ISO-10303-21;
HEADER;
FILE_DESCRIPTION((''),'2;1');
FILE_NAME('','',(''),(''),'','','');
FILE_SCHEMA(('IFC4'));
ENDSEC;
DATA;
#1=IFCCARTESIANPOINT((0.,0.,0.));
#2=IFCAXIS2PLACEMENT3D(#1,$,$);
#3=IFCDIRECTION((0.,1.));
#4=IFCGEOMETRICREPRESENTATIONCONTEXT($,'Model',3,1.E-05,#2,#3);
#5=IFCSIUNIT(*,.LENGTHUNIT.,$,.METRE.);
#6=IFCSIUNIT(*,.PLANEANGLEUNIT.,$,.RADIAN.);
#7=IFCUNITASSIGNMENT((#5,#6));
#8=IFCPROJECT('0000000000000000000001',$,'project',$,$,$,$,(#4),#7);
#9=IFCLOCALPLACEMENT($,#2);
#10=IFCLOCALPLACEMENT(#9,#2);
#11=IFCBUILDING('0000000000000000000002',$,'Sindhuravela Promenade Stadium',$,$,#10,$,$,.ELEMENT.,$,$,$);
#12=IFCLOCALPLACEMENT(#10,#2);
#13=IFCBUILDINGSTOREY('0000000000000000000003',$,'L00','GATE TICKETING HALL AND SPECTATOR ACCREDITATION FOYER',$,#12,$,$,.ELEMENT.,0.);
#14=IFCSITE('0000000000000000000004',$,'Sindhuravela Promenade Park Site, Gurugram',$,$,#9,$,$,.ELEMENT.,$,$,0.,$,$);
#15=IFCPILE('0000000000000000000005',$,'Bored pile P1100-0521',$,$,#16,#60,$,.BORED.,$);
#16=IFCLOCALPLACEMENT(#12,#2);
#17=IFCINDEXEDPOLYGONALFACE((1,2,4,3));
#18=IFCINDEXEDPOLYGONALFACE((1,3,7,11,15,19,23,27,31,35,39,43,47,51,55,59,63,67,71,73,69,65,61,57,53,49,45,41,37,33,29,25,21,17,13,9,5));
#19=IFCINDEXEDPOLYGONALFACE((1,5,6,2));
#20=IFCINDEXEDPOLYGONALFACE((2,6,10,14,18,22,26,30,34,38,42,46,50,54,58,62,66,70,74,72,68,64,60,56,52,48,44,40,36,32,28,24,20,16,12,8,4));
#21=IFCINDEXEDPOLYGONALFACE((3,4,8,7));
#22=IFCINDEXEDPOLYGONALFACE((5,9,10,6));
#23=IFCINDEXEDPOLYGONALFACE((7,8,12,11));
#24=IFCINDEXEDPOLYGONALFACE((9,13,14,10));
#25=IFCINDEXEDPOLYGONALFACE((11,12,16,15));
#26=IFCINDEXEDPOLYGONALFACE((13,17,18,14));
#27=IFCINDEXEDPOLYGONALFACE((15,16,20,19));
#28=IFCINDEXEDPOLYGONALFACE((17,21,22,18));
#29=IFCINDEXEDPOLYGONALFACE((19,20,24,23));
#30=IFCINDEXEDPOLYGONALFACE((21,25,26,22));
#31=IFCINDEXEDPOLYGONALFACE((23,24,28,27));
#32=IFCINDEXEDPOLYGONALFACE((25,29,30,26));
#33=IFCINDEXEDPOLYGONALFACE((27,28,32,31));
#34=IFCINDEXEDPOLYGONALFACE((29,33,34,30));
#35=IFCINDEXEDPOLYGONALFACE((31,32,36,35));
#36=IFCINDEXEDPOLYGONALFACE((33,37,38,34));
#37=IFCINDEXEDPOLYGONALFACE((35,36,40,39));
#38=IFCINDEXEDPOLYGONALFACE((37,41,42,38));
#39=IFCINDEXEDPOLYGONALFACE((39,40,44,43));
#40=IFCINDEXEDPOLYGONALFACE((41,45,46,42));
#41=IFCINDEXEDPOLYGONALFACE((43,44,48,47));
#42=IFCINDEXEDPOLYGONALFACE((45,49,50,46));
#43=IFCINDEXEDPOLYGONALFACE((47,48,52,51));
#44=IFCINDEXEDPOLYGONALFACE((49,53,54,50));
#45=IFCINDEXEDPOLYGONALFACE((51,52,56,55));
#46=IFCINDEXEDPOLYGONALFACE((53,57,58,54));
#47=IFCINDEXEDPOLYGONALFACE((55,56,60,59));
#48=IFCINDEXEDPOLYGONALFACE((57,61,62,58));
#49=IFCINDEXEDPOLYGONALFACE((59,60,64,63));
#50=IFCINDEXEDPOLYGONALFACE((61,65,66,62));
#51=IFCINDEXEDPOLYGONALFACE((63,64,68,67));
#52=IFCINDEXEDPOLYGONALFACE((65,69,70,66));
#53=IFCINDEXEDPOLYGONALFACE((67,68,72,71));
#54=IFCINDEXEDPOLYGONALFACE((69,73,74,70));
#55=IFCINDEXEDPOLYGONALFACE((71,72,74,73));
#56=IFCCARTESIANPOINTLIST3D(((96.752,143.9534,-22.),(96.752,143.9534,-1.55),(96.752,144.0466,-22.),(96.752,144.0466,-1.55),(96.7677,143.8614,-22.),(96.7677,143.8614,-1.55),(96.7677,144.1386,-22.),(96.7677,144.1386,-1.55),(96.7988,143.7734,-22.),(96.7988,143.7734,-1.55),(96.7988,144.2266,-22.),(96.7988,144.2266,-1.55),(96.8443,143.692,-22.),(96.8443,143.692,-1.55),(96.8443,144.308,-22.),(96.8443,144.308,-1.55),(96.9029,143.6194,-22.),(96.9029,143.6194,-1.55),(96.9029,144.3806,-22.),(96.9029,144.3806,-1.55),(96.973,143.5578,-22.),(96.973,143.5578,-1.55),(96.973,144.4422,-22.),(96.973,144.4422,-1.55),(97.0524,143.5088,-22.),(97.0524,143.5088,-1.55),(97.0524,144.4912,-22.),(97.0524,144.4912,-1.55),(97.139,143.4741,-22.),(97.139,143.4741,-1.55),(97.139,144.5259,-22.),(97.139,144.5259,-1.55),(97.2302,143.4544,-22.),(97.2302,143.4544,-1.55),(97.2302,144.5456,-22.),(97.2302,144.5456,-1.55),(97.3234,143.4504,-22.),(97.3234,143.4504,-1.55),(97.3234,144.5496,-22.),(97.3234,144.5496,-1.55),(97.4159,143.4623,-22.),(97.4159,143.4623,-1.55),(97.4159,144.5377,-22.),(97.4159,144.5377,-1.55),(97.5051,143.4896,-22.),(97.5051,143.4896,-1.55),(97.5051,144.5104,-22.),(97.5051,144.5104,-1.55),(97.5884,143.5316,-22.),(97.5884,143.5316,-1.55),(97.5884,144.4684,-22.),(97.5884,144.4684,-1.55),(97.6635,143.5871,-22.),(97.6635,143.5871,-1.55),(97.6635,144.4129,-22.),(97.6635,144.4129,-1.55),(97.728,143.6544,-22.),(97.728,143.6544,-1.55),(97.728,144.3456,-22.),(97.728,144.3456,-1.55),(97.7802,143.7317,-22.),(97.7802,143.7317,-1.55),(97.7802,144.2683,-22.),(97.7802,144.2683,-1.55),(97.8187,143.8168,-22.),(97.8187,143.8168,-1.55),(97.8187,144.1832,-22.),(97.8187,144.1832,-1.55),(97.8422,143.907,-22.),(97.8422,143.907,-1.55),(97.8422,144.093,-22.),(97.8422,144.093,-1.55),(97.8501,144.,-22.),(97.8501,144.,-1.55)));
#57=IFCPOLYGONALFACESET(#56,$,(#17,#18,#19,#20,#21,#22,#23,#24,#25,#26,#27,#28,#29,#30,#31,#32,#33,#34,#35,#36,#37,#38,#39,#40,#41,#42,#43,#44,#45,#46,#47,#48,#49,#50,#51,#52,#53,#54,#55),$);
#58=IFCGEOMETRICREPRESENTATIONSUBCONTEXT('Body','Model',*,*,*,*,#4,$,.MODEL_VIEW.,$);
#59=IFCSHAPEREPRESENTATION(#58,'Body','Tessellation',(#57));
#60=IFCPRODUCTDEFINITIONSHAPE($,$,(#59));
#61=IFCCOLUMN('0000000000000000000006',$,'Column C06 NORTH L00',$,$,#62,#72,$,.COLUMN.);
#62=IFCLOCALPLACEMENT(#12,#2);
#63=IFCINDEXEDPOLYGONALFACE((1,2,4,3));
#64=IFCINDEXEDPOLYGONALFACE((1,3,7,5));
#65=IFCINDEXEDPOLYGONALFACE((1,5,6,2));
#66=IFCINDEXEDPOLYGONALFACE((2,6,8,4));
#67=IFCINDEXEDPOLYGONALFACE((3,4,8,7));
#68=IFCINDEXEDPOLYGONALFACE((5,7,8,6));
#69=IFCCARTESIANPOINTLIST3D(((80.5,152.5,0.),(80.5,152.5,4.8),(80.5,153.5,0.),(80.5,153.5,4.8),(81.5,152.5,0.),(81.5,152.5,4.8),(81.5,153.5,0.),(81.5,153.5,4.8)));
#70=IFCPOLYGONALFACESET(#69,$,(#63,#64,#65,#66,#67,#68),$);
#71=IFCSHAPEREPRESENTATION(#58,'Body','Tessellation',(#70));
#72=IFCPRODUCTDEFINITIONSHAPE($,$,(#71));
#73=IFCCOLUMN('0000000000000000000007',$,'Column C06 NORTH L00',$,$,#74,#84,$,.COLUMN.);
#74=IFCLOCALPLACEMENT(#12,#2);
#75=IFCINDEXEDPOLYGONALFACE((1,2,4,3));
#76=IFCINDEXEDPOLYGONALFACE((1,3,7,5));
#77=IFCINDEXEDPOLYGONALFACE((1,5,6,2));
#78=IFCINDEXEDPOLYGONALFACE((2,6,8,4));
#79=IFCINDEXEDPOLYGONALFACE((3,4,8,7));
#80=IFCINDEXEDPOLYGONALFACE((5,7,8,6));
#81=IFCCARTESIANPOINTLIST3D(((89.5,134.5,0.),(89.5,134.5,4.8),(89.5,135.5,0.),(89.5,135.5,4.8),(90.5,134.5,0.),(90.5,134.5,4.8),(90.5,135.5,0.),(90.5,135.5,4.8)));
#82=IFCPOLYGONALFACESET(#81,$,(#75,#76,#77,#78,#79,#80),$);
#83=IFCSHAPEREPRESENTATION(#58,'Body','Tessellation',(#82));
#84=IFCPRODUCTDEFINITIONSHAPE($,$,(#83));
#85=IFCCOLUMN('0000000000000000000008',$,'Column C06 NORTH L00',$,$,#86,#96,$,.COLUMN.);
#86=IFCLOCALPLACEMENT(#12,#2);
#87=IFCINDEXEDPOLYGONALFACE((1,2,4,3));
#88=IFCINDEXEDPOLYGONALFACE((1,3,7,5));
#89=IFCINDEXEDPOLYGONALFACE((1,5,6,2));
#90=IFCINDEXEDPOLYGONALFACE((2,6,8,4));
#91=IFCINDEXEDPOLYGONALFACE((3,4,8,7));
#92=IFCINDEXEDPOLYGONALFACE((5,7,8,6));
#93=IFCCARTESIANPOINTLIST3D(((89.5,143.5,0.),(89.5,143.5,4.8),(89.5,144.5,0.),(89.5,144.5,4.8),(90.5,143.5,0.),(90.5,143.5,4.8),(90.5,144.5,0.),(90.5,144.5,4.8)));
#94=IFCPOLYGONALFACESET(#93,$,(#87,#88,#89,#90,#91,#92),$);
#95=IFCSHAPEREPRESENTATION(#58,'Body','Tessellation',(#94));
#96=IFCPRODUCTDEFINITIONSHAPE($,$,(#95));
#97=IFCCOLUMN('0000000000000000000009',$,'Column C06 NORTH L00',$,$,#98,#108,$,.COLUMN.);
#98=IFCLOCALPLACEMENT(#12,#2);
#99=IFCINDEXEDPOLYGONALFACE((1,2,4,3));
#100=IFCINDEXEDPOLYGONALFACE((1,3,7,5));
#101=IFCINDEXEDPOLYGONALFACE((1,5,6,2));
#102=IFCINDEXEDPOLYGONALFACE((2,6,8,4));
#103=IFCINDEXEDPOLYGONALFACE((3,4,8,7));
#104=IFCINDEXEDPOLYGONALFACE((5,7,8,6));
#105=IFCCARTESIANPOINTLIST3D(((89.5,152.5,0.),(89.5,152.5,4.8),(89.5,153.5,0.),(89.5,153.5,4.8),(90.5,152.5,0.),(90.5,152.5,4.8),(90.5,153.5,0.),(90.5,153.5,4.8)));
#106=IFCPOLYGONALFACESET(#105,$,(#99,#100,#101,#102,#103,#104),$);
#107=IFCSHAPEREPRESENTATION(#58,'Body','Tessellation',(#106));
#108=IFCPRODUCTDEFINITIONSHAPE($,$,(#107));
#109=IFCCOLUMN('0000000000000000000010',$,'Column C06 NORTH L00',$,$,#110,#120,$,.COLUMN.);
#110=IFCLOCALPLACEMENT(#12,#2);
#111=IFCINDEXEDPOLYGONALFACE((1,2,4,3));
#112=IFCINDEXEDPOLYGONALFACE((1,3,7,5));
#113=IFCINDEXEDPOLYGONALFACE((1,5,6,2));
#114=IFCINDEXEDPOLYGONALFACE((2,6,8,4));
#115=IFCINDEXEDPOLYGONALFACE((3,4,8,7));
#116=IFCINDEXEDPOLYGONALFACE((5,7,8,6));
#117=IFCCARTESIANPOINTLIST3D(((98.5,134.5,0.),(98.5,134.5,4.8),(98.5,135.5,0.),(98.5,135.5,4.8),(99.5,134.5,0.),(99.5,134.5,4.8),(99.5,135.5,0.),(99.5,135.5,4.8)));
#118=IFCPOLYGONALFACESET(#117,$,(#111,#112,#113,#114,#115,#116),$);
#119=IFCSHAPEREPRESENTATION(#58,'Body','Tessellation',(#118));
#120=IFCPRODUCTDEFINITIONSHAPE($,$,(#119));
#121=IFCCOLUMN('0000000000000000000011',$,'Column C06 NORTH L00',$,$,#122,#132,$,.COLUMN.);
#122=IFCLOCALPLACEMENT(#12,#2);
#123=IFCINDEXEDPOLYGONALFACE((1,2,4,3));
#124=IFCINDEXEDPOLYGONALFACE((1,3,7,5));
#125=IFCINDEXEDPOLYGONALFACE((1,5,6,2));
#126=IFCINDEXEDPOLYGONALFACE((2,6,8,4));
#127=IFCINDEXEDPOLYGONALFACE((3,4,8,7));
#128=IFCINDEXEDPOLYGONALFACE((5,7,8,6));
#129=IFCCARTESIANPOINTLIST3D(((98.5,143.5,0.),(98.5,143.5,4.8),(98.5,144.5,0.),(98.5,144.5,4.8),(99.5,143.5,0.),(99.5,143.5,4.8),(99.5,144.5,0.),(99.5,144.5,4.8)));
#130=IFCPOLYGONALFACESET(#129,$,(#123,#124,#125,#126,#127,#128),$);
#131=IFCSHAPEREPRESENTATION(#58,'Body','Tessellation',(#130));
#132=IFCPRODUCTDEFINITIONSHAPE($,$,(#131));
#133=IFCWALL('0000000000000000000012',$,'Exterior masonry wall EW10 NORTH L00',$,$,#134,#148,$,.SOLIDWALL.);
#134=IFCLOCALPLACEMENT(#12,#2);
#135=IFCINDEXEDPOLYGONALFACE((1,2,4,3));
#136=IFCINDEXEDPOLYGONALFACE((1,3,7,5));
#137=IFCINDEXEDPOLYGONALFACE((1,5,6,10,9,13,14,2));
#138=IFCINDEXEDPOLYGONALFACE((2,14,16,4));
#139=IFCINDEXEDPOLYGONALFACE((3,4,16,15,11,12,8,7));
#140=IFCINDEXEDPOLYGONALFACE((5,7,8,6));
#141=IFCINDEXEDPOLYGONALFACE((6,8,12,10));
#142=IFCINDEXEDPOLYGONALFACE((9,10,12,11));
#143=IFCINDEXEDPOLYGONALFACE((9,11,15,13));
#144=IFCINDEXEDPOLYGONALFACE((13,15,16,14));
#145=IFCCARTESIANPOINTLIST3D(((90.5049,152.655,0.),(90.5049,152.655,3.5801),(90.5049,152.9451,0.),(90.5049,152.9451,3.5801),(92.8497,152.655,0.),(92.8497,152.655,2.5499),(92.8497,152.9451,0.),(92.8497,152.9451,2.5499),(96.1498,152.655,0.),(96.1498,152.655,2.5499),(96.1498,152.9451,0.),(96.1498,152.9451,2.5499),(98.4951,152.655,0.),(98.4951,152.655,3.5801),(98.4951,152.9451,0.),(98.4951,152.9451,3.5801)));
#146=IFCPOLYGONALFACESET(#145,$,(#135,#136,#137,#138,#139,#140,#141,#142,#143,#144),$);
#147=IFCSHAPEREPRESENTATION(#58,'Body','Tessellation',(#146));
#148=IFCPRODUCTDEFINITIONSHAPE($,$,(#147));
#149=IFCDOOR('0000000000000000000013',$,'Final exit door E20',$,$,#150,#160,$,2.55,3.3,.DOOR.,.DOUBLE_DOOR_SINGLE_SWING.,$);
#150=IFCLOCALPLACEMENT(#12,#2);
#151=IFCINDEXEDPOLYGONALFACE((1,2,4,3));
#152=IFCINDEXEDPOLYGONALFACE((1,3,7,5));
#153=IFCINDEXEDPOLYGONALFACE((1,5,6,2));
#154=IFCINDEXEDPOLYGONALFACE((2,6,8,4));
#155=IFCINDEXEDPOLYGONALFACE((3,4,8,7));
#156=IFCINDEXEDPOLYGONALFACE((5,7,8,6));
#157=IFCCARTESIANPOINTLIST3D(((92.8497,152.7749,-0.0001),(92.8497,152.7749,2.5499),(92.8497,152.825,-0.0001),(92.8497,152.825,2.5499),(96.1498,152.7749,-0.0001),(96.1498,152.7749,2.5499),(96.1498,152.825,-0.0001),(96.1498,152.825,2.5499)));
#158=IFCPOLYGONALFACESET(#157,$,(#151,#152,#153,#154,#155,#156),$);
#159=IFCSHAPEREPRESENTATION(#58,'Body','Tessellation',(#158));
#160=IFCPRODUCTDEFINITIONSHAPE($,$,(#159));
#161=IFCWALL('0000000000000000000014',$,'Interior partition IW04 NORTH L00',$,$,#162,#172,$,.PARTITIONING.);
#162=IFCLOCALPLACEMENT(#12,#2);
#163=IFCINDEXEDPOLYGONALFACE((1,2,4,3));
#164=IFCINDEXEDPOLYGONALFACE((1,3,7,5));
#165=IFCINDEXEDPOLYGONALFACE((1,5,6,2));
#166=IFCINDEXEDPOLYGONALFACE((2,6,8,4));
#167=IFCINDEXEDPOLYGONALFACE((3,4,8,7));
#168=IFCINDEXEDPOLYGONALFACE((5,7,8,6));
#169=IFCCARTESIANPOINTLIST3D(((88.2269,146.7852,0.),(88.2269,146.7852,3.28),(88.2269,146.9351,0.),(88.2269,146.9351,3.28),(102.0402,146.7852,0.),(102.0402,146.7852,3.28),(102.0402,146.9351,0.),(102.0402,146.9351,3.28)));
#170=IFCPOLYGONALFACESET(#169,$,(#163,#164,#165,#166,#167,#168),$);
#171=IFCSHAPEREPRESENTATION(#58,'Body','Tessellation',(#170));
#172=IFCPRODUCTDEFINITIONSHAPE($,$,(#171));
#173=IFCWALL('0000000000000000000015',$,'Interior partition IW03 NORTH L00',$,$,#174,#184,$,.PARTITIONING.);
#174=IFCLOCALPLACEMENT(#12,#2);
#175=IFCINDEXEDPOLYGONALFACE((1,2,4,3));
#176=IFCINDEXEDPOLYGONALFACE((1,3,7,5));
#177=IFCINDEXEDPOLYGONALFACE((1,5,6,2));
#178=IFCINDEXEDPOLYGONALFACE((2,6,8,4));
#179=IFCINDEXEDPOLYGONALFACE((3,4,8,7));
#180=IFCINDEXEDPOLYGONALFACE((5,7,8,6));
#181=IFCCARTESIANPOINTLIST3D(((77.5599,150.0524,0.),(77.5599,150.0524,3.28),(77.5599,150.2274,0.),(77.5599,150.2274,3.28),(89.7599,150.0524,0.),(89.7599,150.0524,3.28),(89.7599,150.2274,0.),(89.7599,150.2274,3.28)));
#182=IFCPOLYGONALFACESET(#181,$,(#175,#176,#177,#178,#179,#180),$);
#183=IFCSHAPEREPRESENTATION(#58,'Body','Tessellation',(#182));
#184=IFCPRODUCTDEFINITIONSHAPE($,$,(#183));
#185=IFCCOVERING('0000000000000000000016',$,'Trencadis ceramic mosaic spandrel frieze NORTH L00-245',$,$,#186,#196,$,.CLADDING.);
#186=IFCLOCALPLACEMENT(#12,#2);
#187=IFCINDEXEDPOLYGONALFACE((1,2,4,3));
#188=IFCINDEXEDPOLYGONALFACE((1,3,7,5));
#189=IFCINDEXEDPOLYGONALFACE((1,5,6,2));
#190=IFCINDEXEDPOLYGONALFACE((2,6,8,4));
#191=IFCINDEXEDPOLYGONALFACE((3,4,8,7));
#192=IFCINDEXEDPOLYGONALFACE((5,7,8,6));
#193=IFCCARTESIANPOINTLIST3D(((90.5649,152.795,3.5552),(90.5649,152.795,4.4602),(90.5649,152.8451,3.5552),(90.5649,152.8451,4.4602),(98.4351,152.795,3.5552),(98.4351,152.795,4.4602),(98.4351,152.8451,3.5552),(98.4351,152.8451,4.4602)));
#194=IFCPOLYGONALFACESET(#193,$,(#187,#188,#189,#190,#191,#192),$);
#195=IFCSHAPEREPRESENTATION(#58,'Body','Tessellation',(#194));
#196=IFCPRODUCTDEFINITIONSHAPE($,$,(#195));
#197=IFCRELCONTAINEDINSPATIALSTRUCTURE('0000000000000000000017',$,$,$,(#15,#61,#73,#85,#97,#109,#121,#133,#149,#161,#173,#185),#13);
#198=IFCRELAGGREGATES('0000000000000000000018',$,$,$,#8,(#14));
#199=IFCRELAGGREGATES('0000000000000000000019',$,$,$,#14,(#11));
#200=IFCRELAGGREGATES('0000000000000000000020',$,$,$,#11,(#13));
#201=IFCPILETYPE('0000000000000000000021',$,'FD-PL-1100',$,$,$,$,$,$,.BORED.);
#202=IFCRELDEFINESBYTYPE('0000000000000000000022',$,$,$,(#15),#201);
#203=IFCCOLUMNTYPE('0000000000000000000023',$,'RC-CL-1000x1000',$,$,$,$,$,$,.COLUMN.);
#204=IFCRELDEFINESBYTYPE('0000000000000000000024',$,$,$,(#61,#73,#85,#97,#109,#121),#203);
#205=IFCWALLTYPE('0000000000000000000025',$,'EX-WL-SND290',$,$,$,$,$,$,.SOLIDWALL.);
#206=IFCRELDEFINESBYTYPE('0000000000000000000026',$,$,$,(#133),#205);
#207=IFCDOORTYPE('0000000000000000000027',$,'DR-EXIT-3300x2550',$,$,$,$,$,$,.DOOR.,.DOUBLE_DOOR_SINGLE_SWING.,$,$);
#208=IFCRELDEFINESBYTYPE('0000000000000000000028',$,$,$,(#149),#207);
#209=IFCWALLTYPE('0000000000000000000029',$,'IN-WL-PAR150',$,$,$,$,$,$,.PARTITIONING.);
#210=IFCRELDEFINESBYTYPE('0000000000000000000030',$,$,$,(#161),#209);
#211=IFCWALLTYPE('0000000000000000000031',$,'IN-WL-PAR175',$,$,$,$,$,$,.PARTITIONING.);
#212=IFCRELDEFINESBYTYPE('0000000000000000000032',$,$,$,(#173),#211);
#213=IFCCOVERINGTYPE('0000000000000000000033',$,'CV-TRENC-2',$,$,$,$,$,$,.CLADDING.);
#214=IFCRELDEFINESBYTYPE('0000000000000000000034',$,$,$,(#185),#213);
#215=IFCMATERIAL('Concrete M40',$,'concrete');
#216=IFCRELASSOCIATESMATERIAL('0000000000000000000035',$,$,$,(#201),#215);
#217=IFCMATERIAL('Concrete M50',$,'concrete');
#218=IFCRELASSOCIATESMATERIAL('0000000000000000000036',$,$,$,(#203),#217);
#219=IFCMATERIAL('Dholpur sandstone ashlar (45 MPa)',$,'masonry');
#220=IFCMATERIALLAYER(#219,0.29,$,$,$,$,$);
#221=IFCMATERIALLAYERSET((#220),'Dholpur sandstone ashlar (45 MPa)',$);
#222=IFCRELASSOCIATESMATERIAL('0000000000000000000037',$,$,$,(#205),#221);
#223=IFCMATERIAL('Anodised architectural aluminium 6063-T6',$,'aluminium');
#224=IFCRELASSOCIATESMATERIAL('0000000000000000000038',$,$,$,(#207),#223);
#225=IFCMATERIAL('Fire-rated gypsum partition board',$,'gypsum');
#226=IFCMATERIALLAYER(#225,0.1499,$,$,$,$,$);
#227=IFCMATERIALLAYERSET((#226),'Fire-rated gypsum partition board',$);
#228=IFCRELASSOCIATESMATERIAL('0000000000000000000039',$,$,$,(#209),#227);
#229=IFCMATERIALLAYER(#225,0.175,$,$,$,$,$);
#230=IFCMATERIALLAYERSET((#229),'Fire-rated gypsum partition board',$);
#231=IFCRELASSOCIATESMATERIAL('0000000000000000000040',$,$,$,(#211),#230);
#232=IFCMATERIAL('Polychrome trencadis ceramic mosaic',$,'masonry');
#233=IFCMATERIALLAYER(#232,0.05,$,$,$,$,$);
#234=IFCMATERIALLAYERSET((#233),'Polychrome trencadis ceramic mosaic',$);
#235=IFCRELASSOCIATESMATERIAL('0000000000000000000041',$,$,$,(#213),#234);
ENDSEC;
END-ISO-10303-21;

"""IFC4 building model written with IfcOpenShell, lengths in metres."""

from ifc_helpers import new_model, si_unit, direction, frame, frame_2d, origin, origin_2d, place, context, subcontext, project, spatial, rectangle, circle, extrude, material, layer, layer_set, material_profile, profile_set, type_object, element, fill, save


model = new_model("IFC4")

# Units and contexts
model_context = context("Model", 3, precision=1e-05, world=origin(), true_north=direction((0.0, 1.0)))
body_context = subcontext(model_context, "Body", "Model", "MODEL_VIEW")
ifc_project = project(units=[si_unit("LENGTHUNIT", "METRE"), si_unit("PLANEANGLEUNIT", "RADIAN")], contexts=[model_context])

# Site, building, storey
site_placement = place(None, origin())
site = spatial("IfcSite", under=ifc_project, at=site_placement, Name="Sindhuravela Promenade Park Site, Gurugram", CompositionType="ELEMENT", RefElevation=0.0)
building_placement = place(site_placement, origin())
building = spatial("IfcBuilding", under=site, at=building_placement, Name="Sindhuravela Promenade Stadium", CompositionType="ELEMENT")
storey_placement = place(building_placement, origin())
storey = spatial("IfcBuildingStorey", under=building, at=storey_placement, Name="L00", Description="GATE TICKETING HALL AND SPECTATOR ACCREDITATION FOYER", CompositionType="ELEMENT", Elevation=0.0)

# Shared definitions
ifc_material_1 = material(Name="Concrete M50", Category="concrete")

# Pile
ifc_material_2 = material(Name="Concrete M40", Category="concrete")
ifc_material_profile_1 = material_profile(ifc_material_2, circle(Radius=0.55, at=origin_2d()), Name="BORED PILE D1100")
ifc_profile_set_1 = profile_set([ifc_material_profile_1], Name="Concrete M40")
pile_type_1 = type_object("IfcPileType", Name="FD-PL-1100", PredefinedType="BORED", material=ifc_profile_set_1)
for number, where, z_axis, x_axis, name in (
    (1, (97.3, 144.0, -1.55), (0.0, 0.0, -1.0), (1.0, 0.0, 0.0), "Bored pile P1100-0521"),
):
    element("IfcPile", number, at=place(storey_placement, frame(where, z_axis=z_axis, x_axis=x_axis)), inside=storey, type_object=pile_type_1, Name=name, PredefinedType="BORED", context=body_context, shape_type="SweptSolid", body=[
        extrude(circle(Radius=0.55, at=origin_2d()), origin(), (0.0, 0.0, 1.0), 20.45),
    ])

# Columns
ifc_material_profile_2 = material_profile(ifc_material_1, rectangle(XDim=1.0, YDim=1.0, at=origin_2d()), Name="RC 1000x1000")
ifc_profile_set_2 = profile_set([ifc_material_profile_2], Name="Concrete M50")
column_type = type_object("IfcColumnType", Name="RC-CL-1000x1000", PredefinedType="COLUMN", material=ifc_profile_set_2)
for number, where, z_axis, x_axis, name in (
    (2, (81.0, 153.0, 0.0), (0.0, 0.0, 1.0), (1.0, 0.0, 0.0), "Column C06 NORTH L00"),
    (3, (90.0, 135.0, 0.0), (0.0, 0.0, 1.0), (1.0, 0.0, 0.0), "Column C06 NORTH L00"),
    (4, (90.0, 144.0, 0.0), (0.0, 0.0, 1.0), (1.0, 0.0, 0.0), "Column C06 NORTH L00"),
    (5, (90.0, 153.0, 0.0), (0.0, 0.0, 1.0), (1.0, 0.0, 0.0), "Column C06 NORTH L00"),
    (6, (99.0, 135.0, 0.0), (0.0, 0.0, 1.0), (1.0, 0.0, 0.0), "Column C06 NORTH L00"),
    (7, (99.0, 144.0, 0.0), (0.0, 0.0, 1.0), (1.0, 0.0, 0.0), "Column C06 NORTH L00"),
):
    element("IfcColumn", number, at=place(storey_placement, frame(where, z_axis=z_axis, x_axis=x_axis)), inside=storey, type_object=column_type, Name=name, PredefinedType="COLUMN", context=body_context, shape_type="SweptSolid", body=[
        extrude(rectangle(XDim=1.0, YDim=1.0, at=origin_2d()), origin(), (0.0, 0.0, 1.0), 4.8),
    ])

# Wall, opening, door
ifc_material_3 = material(Name="Dholpur sandstone ashlar (45 MPa)", Category="masonry")
ifc_layer_1 = layer(ifc_material_3, 0.29)
ifc_layer_set_1 = layer_set([ifc_layer_1], Name="Dholpur sandstone ashlar (45 MPa)")
wall_type_1 = type_object("IfcWallType", Name="EX-WL-SND290", PredefinedType="SOLIDWALL", material=ifc_layer_set_1)
wall_1_placement = place(storey_placement, frame((90.5049, 152.8, 0.0), z_axis=(0.0, 0.0, 1.0), x_axis=(1.0, 0.0, 0.0)))
wall_1 = element("IfcWall", 8, at=wall_1_placement, inside=storey, type_object=wall_type_1, Name="Exterior masonry wall EW10 NORTH L00", PredefinedType="SOLIDWALL", context=body_context, shape_type="SweptSolid", body=[
    extrude(rectangle(XDim=7.9902, YDim=0.29, at=frame_2d((3.9951, 0.0))), origin(), (0.0, 0.0, 1.0), 3.5801),
])
opening_placement = place(wall_1_placement, frame((2.345, 0.0, 0.0)))
opening = element("IfcOpeningElement", 9, at=opening_placement, cuts=wall_1, PredefinedType="OPENING", context=body_context, shape_type="SweptSolid", body=[
    extrude(rectangle(XDim=3.3, YDim=2.55, at=frame_2d((1.6499, 1.2749))), frame((0.0, 0.155, 0.0), z_axis=(0.0, -1.0, 0.0), x_axis=(1.0, 0.0, 0.0)), (0.0, 0.0, 1.0), 0.3101),
])
ifc_material_4 = material(Name="Anodised architectural aluminium 6063-T6", Category="aluminium")
door_type = type_object("IfcDoorType", Name="DR-EXIT-3300x2550", OperationType="DOUBLE_DOOR_SINGLE_SWING", PredefinedType="DOOR", material=ifc_material_4)
door_placement = place(opening_placement, origin())
door = element("IfcDoor", 10, at=door_placement, inside=storey, type_object=door_type, Name="Final exit door E20", OperationType="DOUBLE_DOOR_SINGLE_SWING", OverallHeight=2.55, OverallWidth=3.3, PredefinedType="DOOR", context=body_context, shape_type="SweptSolid", body=[
    extrude(rectangle(XDim=3.3, YDim=2.55, at=frame_2d((1.6499, 1.2749))), frame((0.0, 0.0249, 0.0), z_axis=(0.0, -1.0, 0.0), x_axis=(1.0, 0.0, 0.0)), (0.0, 0.0, 1.0), 0.05),
])
fill(opening, door)

# Walls
ifc_material_5 = material(Name="Fire-rated gypsum partition board", Category="gypsum")
ifc_layer_2 = layer(ifc_material_5, 0.1499)
ifc_layer_set_2 = layer_set([ifc_layer_2], Name="Fire-rated gypsum partition board")
wall_type_2 = type_object("IfcWallType", Name="IN-WL-PAR150", PredefinedType="PARTITIONING", material=ifc_layer_set_2)
wall_2_placement = place(storey_placement, frame((88.2268, 146.8601, 0.0), z_axis=(0.0, 0.0, 1.0), x_axis=(1.0, 0.0, 0.0)))
element("IfcWall", 11, at=wall_2_placement, inside=storey, type_object=wall_type_2, Name="Interior partition IW04 NORTH L00", PredefinedType="PARTITIONING", context=body_context, shape_type="SweptSolid", body=[
    extrude(rectangle(XDim=13.8132, YDim=0.1499, at=frame_2d((6.9067, 0.0))), origin(), (0.0, 0.0, 1.0), 3.28),
])
ifc_layer_3 = layer(ifc_material_5, 0.175)
ifc_layer_set_3 = layer_set([ifc_layer_3], Name="Fire-rated gypsum partition board")
wall_type_3 = type_object("IfcWallType", Name="IN-WL-PAR175", PredefinedType="PARTITIONING", material=ifc_layer_set_3)
wall_3_placement = place(storey_placement, frame((89.76, 150.1399, 0.0), z_axis=(0.0, 0.0, 1.0), x_axis=(-1.0, 0.0, 0.0)))
element("IfcWall", 12, at=wall_3_placement, inside=storey, type_object=wall_type_3, Name="Interior partition IW03 NORTH L00", PredefinedType="PARTITIONING", context=body_context, shape_type="SweptSolid", body=[
    extrude(rectangle(XDim=12.2, YDim=0.175, at=frame_2d((6.1001, 0.0))), origin(), (0.0, 0.0, 1.0), 3.28),
])

# Covering
ifc_material_6 = material(Name="Polychrome trencadis ceramic mosaic", Category="masonry")
ifc_layer_4 = layer(ifc_material_6, 0.05)
ifc_layer_set_4 = layer_set([ifc_layer_4], Name="Polychrome trencadis ceramic mosaic")
covering_type = type_object("IfcCoveringType", Name="CV-TRENC-2", PredefinedType="CLADDING", material=ifc_layer_set_4)
covering_placement = place(storey_placement, frame((94.5, 152.8201, 3.5552), z_axis=(0.0, 0.0, 1.0), x_axis=(1.0, 0.0, 0.0)))
element("IfcCovering", 13, at=covering_placement, inside=storey, type_object=covering_type, Name="Trencadis ceramic mosaic spandrel frieze NORTH L00-245", PredefinedType="CLADDING", context=body_context, shape_type="SweptSolid", body=[
    extrude(rectangle(XDim=7.8701, YDim=0.05, at=origin_2d()), origin(), (0.0, 0.0, 1.0), 0.905),
])

save(model, "model.ifc")
